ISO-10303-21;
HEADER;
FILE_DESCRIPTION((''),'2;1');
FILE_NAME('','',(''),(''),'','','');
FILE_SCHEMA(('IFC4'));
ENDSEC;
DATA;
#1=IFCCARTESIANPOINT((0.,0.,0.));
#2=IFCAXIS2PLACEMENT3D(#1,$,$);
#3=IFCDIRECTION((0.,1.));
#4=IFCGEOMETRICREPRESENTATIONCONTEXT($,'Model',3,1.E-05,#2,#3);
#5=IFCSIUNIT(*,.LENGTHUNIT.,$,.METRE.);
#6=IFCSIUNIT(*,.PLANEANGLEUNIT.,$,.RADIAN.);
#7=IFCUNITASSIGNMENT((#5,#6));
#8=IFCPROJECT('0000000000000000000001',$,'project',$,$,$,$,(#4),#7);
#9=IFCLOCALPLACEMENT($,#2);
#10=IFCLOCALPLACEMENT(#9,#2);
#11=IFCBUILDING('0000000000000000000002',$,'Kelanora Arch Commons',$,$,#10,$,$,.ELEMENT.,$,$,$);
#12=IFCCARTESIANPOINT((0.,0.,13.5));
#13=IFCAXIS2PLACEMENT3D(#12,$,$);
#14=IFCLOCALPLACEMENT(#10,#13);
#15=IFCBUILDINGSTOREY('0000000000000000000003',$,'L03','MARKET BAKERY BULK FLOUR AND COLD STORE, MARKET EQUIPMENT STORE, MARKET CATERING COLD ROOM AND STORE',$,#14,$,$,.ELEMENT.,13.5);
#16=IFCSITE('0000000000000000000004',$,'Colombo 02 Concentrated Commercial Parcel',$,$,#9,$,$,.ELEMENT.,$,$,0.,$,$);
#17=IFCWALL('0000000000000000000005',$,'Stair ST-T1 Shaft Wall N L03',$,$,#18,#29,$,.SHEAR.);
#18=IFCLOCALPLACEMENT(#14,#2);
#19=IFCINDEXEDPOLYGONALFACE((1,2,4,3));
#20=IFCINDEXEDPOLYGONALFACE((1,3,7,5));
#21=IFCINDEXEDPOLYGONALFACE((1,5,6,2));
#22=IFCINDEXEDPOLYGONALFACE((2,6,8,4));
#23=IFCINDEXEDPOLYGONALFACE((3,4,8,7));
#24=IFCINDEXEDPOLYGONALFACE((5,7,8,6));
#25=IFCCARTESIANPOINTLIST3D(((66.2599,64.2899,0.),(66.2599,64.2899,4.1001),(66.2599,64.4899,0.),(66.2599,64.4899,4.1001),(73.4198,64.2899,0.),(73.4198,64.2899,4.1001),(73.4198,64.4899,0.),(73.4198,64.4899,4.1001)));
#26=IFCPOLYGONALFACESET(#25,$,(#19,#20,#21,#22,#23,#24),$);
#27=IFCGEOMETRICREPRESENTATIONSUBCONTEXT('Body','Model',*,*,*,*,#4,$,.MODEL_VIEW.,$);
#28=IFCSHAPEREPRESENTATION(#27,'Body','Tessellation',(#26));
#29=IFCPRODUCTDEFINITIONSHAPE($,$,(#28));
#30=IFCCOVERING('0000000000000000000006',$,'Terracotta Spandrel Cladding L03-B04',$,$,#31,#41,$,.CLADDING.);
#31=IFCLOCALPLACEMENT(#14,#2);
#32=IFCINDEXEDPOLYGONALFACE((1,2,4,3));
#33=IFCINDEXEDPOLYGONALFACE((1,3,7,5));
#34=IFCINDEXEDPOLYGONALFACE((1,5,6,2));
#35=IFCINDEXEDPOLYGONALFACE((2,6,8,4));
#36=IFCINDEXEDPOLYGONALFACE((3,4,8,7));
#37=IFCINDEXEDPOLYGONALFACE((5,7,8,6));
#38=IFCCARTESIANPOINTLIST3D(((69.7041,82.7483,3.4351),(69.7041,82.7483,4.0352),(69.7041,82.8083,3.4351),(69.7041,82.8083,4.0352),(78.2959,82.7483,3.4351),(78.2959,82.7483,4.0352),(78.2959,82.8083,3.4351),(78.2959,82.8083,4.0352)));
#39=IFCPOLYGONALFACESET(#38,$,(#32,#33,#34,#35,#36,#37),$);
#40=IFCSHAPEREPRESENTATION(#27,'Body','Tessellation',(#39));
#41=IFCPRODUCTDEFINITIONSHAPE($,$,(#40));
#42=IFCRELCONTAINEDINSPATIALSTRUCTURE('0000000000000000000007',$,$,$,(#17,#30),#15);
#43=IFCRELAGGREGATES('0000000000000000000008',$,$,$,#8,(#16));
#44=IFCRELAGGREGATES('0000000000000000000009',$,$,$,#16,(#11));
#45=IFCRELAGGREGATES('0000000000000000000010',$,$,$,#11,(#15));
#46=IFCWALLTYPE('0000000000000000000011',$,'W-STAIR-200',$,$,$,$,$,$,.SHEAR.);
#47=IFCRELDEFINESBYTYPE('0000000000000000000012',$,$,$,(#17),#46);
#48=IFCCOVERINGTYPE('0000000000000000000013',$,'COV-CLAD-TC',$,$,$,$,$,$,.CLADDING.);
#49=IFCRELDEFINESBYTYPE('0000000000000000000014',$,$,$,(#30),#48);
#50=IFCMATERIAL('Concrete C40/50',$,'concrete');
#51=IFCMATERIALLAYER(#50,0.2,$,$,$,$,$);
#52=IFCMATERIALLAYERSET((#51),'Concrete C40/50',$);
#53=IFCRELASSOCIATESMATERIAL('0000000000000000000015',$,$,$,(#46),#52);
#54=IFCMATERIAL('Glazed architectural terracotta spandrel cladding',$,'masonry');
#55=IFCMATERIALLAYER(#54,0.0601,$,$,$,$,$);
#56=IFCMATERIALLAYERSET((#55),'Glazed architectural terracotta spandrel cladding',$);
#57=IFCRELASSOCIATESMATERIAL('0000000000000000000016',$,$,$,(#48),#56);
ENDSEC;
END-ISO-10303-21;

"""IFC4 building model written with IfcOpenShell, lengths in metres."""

from ifc_helpers import new_model, si_unit, direction, frame, frame_2d, origin, origin_2d, place, context, subcontext, project, spatial, rectangle, extrude, source, transform, mapped, material, layer, layer_set, type_object, element, save


model = new_model("IFC4")

# Units and contexts
model_context = context("Model", 3, precision=1e-05, world=origin(), true_north=direction((0.0, 1.0)))
body_context = subcontext(model_context, "Body", "Model", "MODEL_VIEW")
ifc_project = project(units=[si_unit("LENGTHUNIT", "METRE"), si_unit("PLANEANGLEUNIT", "RADIAN")], contexts=[model_context])

# Site, building, storey
site_placement = place(None, origin())
site = spatial("IfcSite", under=ifc_project, at=site_placement, Name="Colombo 02 Concentrated Commercial Parcel", CompositionType="ELEMENT", RefElevation=0.0)
building_placement = place(site_placement, origin())
building = spatial("IfcBuilding", under=site, at=building_placement, Name="Kelanora Arch Commons", CompositionType="ELEMENT")
storey_placement = place(building_placement, frame((0.0, 0.0, 13.5)))
storey = spatial("IfcBuildingStorey", under=building, at=storey_placement, Name="L03", Description="MARKET BAKERY BULK FLOUR AND COLD STORE, MARKET EQUIPMENT STORE, MARKET CATERING COLD ROOM AND STORE", CompositionType="ELEMENT", Elevation=13.5)

# Wall
ifc_material_1 = material(Name="Concrete C40/50", Category="concrete")
ifc_layer_1 = layer(ifc_material_1, 0.2)
ifc_layer_set_1 = layer_set([ifc_layer_1], Name="Concrete C40/50")
wall_type_1 = type_object("IfcWallType", Name="W-STAIR-200", PredefinedType="SHEAR", material=ifc_layer_set_1)
wall_1_placement = place(storey_placement, frame((73.4199, 64.3899, 0.0), z_axis=(0.0, 0.0, 1.0), x_axis=(-1.0, 0.0, 0.0)))
element("IfcWall", 1, at=wall_1_placement, inside=storey, type_object=wall_type_1, Name="Stair ST-T1 Shaft Wall N L03", PredefinedType="SHEAR", context=body_context, shape_type="SweptSolid", body=[
    extrude(rectangle(XDim=7.1599, YDim=0.2, at=frame_2d((3.5801, 0.0))), origin(), (0.0, 0.0, 1.0), 4.1001),
])

# Covering
ifc_material_2 = material(Name="Glazed architectural terracotta spandrel cladding", Category="masonry")
ifc_layer_2 = layer(ifc_material_2, 0.0601)
ifc_layer_set_2 = layer_set([ifc_layer_2], Name="Glazed architectural terracotta spandrel cladding")
covering_type = type_object("IfcCoveringType", Name="COV-CLAD-TC", PredefinedType="CLADDING", material=ifc_layer_set_2)
shared_shape_1 = source(origin(), body_context, "Body", "SweptSolid", [
    extrude(rectangle(XDim=8.5918, YDim=0.0601, at=origin_2d()), origin(), (0.0, 0.0, 1.0), 0.6001),
])
covering_placement = place(storey_placement, frame((74.0, 82.7783, 3.4351), z_axis=(0.0, 0.0, 1.0), x_axis=(-1.0, 0.0, 0.0)))
element("IfcCovering", 2, at=covering_placement, inside=storey, type_object=covering_type, Name="Terracotta Spandrel Cladding L03-B04", PredefinedType="CLADDING", context=body_context, shape_type="MappedRepresentation", body=[
    mapped(shared_shape_1, transform((0.0, 0.0, 0.0), scale=1.0)),
])

save(model, "model.ifc")
